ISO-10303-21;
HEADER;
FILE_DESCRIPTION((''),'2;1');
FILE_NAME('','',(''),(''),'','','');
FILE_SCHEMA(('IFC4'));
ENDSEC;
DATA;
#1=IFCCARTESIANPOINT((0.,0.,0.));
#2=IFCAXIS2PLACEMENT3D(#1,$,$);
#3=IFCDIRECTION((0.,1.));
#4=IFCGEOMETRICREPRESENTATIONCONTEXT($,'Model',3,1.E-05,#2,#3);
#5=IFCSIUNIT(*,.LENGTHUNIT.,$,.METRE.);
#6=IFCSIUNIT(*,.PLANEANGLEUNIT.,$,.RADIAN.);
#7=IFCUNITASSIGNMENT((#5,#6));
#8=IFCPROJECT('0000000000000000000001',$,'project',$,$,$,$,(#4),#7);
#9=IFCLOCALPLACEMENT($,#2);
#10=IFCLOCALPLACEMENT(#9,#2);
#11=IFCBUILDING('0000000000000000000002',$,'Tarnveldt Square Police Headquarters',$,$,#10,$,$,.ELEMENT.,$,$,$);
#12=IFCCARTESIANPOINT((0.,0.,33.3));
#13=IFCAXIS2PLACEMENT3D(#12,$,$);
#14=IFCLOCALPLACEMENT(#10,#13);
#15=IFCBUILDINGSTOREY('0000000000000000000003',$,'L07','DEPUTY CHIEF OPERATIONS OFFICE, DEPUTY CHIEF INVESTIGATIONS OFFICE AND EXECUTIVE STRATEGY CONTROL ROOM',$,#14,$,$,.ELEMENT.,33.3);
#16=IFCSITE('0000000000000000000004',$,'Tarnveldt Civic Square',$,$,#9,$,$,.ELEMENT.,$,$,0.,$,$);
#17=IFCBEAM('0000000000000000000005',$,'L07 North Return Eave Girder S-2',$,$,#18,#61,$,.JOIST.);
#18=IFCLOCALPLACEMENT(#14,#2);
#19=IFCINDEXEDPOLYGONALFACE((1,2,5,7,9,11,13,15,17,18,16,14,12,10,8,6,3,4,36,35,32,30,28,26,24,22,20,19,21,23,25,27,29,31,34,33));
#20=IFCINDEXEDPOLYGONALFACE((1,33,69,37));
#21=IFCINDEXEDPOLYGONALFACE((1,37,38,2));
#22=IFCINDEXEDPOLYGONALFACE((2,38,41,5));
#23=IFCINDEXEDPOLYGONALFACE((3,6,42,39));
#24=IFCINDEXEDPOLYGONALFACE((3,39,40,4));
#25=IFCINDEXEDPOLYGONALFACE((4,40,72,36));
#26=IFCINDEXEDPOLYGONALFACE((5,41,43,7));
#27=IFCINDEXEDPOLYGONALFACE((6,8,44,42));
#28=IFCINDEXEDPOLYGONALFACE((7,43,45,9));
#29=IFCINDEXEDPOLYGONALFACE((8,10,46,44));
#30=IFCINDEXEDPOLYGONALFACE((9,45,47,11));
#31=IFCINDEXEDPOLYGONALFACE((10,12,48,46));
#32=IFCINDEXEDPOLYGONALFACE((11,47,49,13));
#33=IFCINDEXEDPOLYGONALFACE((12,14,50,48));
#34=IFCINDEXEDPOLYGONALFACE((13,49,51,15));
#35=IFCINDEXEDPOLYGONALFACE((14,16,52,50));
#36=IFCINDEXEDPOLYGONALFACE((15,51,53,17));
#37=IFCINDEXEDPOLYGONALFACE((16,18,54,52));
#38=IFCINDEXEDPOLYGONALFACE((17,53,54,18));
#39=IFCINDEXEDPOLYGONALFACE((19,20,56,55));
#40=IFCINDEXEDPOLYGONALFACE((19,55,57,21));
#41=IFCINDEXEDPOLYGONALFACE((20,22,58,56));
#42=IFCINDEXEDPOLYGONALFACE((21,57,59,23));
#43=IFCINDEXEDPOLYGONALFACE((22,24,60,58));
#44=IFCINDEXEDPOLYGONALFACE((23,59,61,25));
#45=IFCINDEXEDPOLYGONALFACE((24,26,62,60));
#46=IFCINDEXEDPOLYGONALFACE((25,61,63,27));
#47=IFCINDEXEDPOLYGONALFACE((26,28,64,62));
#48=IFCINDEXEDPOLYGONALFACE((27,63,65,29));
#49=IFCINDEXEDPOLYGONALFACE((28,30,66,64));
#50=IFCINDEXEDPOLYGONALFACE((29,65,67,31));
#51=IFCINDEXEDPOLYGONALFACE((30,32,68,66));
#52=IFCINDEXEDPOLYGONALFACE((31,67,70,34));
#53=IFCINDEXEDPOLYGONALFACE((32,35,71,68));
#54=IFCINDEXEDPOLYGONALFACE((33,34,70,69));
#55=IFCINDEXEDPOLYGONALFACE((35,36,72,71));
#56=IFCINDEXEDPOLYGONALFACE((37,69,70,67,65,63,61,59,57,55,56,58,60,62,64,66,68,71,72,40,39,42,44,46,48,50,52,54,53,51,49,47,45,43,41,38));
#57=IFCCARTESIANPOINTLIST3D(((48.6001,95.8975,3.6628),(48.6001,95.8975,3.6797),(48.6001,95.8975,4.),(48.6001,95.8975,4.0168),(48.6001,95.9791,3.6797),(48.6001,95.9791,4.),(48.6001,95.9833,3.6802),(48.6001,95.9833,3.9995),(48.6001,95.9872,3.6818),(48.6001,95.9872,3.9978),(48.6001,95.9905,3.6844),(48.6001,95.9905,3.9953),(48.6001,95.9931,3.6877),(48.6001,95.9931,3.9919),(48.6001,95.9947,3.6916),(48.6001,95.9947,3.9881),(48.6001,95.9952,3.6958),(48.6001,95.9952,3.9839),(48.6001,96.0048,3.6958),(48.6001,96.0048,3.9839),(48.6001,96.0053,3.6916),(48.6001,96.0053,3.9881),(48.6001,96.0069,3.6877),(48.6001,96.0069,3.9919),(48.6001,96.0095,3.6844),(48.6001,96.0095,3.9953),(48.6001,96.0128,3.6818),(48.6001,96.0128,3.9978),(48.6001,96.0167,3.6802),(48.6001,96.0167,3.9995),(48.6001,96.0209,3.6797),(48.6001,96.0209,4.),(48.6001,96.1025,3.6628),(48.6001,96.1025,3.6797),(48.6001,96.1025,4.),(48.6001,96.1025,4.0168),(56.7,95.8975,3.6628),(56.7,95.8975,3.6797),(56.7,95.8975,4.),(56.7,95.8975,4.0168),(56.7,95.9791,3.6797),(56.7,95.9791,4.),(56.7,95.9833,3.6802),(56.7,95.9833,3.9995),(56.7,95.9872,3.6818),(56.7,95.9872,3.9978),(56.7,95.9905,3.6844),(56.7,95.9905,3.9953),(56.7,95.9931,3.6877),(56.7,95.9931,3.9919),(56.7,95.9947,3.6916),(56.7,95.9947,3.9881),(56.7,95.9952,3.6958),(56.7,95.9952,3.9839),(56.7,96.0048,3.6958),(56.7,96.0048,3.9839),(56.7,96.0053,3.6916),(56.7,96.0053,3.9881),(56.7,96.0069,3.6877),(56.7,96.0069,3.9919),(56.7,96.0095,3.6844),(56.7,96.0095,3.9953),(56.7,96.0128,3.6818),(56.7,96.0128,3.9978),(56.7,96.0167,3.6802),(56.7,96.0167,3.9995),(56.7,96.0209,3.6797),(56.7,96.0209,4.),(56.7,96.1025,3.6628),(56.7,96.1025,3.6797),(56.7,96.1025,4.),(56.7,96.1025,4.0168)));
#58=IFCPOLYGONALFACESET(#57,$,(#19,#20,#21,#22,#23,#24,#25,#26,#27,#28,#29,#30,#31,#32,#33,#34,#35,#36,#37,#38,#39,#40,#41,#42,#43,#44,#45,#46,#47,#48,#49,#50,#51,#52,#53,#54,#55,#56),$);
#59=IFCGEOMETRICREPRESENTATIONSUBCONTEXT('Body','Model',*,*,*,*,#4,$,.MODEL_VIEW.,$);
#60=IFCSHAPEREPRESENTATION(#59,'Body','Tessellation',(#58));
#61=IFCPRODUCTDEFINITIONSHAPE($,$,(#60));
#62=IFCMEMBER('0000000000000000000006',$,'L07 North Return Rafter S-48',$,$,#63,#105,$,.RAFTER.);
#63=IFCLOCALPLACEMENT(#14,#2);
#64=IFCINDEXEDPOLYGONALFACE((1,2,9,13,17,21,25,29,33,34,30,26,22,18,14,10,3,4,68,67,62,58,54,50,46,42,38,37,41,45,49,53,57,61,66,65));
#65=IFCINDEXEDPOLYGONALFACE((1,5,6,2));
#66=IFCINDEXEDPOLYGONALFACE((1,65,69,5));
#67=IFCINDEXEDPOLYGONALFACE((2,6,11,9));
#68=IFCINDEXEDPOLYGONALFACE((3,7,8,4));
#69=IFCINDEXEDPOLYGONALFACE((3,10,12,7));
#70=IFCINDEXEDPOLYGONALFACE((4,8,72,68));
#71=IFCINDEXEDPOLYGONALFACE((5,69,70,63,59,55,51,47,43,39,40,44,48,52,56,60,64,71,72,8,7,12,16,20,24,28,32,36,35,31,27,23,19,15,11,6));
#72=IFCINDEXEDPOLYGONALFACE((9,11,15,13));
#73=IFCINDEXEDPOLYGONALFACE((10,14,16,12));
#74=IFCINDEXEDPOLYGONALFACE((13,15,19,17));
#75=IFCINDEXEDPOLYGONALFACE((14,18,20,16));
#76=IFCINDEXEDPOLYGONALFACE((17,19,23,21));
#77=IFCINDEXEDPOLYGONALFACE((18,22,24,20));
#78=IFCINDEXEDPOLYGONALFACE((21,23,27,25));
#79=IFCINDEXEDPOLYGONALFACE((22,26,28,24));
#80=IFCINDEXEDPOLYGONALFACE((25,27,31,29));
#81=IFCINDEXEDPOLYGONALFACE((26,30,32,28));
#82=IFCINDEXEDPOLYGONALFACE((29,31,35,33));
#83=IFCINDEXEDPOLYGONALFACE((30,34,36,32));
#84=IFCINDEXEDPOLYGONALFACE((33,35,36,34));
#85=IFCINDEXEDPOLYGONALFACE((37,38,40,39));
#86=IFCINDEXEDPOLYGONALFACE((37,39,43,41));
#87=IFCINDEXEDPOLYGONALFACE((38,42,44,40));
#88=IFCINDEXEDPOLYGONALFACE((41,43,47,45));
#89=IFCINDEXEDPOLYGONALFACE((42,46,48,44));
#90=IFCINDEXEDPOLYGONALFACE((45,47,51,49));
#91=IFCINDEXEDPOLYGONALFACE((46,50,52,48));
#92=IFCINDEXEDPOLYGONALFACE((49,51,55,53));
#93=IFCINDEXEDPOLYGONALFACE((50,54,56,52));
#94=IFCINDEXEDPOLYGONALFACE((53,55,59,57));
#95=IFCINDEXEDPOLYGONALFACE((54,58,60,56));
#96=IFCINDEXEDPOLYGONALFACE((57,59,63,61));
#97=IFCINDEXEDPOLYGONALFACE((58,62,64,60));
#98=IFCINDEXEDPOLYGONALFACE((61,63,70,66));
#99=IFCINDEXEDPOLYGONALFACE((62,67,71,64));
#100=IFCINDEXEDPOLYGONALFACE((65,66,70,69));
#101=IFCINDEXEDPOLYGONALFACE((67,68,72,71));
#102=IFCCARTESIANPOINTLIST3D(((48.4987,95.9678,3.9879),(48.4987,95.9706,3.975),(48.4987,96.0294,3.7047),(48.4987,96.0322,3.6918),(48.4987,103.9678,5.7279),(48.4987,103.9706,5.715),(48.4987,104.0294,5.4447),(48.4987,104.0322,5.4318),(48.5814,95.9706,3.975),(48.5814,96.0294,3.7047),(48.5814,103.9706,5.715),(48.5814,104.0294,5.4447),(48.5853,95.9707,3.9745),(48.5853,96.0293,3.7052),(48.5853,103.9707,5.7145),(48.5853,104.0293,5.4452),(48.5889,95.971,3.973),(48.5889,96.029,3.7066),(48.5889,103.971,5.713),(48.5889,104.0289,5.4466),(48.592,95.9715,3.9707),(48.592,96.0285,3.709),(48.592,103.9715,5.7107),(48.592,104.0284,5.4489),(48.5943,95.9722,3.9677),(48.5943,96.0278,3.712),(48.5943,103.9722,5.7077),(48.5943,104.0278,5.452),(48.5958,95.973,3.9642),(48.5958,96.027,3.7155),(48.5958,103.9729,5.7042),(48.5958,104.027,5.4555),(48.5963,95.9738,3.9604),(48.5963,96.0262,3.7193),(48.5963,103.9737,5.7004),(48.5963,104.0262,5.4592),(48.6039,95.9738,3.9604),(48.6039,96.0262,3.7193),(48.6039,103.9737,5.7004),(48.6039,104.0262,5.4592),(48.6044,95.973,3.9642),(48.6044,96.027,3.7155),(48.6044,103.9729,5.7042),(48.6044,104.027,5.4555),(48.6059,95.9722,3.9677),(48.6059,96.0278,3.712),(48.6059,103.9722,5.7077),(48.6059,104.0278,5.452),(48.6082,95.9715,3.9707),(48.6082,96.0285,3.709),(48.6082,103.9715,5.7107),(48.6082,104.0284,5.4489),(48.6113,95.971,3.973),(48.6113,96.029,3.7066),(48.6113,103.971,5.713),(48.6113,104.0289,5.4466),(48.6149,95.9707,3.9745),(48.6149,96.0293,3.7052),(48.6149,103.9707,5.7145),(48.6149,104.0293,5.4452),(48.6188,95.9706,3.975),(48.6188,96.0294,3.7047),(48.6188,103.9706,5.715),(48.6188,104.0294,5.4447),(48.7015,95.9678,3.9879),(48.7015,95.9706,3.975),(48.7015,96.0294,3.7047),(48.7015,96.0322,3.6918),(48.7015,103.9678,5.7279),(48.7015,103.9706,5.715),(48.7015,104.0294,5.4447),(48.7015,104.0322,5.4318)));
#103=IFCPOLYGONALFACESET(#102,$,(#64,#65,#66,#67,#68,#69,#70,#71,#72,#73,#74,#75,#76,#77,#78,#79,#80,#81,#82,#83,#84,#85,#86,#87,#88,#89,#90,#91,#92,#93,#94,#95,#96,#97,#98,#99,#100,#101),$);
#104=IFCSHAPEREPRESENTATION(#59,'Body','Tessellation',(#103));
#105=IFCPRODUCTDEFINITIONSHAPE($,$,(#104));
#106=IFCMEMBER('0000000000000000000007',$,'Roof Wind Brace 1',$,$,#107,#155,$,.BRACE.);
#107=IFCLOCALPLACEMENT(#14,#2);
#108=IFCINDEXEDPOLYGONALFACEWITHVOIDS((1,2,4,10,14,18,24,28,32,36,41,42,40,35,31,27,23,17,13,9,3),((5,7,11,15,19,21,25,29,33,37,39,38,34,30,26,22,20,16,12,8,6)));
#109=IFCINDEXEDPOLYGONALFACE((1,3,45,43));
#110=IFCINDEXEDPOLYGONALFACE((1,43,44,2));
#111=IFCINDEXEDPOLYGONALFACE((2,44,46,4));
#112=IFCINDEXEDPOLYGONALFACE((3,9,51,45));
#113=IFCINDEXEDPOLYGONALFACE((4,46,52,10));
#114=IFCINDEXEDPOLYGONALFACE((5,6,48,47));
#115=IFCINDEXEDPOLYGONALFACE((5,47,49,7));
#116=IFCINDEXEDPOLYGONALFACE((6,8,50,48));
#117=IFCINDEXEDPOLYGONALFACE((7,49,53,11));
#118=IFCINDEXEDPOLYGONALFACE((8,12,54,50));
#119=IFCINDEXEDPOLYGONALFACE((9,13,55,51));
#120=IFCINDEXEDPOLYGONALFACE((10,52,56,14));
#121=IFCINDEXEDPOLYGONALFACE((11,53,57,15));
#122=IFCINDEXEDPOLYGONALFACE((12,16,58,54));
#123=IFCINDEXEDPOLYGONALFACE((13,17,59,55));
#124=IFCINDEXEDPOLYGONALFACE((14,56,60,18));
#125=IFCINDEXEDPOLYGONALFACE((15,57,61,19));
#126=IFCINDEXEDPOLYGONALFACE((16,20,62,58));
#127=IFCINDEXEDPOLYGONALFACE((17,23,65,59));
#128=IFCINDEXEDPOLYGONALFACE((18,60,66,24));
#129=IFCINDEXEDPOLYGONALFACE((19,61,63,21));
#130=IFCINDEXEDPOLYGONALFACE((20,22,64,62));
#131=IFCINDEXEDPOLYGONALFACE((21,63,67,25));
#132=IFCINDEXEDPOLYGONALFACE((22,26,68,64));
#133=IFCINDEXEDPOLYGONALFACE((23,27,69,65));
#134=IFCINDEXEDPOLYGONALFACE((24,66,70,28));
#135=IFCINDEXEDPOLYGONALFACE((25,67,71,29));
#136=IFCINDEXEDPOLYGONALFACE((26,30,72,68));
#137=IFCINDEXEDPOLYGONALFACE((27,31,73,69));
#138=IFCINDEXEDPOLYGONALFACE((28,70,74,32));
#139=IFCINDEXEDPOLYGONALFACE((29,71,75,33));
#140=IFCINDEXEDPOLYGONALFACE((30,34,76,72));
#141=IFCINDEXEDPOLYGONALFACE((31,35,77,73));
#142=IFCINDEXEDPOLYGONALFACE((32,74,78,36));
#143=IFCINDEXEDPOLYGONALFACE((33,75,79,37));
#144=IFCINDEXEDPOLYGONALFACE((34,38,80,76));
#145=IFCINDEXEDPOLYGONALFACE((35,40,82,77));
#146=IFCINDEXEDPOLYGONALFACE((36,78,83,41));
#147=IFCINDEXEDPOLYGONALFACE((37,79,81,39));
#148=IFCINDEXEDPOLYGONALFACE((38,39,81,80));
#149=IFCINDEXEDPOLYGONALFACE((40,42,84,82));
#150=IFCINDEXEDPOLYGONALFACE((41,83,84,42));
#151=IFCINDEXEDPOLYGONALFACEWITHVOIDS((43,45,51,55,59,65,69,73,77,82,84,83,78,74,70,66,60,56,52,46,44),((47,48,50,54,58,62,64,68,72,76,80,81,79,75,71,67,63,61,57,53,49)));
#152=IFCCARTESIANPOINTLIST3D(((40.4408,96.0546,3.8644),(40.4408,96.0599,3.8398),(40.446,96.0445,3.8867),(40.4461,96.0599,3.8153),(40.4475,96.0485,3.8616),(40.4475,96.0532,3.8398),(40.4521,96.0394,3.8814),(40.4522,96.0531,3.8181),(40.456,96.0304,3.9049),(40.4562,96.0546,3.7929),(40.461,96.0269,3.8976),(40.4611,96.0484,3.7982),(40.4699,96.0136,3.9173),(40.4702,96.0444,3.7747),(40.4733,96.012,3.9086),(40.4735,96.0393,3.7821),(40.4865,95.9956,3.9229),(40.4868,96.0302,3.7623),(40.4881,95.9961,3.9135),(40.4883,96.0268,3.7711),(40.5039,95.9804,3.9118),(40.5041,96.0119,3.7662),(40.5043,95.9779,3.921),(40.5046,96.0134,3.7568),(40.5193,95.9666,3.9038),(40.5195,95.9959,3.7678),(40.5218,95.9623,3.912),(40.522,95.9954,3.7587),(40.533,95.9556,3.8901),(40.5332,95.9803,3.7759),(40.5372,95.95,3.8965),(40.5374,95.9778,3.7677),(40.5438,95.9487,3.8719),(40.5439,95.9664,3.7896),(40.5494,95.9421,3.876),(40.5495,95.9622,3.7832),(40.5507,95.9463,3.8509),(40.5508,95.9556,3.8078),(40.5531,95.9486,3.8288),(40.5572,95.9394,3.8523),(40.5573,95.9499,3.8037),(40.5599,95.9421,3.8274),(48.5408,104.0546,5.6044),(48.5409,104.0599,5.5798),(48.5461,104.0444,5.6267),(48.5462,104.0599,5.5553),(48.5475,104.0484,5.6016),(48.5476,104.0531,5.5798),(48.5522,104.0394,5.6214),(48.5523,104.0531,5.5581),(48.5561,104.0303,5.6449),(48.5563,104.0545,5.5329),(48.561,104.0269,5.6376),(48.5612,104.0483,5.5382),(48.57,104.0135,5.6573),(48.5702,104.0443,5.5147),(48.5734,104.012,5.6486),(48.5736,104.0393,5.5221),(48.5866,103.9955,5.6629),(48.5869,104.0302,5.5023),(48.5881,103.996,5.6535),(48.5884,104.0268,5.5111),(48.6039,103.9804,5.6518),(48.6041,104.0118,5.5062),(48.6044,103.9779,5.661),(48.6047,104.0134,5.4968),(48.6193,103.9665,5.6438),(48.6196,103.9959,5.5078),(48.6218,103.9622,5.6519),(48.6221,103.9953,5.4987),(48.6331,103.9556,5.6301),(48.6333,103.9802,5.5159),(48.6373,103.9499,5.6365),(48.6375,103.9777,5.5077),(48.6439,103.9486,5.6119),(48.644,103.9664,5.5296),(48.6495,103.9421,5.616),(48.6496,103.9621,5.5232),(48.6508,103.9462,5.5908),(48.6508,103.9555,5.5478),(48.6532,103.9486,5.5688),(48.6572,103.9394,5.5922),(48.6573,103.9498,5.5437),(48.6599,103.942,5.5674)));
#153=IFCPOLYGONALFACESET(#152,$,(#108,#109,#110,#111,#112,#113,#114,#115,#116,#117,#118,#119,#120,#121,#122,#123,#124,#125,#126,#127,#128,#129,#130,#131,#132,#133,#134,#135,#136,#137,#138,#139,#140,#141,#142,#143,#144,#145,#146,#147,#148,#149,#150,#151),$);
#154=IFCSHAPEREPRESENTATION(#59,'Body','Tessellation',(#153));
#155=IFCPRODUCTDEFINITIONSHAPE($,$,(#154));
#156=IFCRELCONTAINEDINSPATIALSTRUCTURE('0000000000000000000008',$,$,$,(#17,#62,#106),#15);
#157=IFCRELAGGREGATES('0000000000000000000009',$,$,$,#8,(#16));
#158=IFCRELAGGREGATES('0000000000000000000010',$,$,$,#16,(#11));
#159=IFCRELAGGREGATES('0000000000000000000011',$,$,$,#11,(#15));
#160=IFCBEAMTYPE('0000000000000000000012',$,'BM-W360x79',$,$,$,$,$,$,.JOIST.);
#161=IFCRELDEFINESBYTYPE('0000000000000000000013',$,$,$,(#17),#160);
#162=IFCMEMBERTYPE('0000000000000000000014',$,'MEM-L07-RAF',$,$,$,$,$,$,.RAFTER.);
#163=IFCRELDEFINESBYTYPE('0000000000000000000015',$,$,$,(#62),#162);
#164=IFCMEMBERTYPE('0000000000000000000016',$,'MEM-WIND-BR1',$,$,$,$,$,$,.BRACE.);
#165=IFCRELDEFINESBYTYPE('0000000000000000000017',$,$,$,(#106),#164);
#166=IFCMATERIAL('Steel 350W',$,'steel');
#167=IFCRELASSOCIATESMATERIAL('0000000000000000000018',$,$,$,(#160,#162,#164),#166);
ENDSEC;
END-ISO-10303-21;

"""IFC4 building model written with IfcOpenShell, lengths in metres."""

from ifc_helpers import new_model, si_unit, direction, frame, origin, origin_2d, place, context, subcontext, project, spatial, hollow_circle, i_section, extrude, material, material_profile, profile_set, type_object, element, save


model = new_model("IFC4")

# Units and contexts
model_context = context("Model", 3, precision=1e-05, world=origin(), true_north=direction((0.0, 1.0)))
body_context = subcontext(model_context, "Body", "Model", "MODEL_VIEW")
ifc_project = project(units=[si_unit("LENGTHUNIT", "METRE"), si_unit("PLANEANGLEUNIT", "RADIAN")], contexts=[model_context])

# Site, building, storey
site_placement = place(None, origin())
site = spatial("IfcSite", under=ifc_project, at=site_placement, Name="Tarnveldt Civic Square", CompositionType="ELEMENT", RefElevation=0.0)
building_placement = place(site_placement, origin())
building = spatial("IfcBuilding", under=site, at=building_placement, Name="Tarnveldt Square Police Headquarters", CompositionType="ELEMENT")
storey_placement = place(building_placement, frame((0.0, 0.0, 33.3)))
storey = spatial("IfcBuildingStorey", under=building, at=storey_placement, Name="L07", Description="DEPUTY CHIEF OPERATIONS OFFICE, DEPUTY CHIEF INVESTIGATIONS OFFICE AND EXECUTIVE STRATEGY CONTROL ROOM", CompositionType="ELEMENT", Elevation=33.3)

# Shared definitions
ifc_material_1 = material(Name="Steel 350W", Category="steel")

# Beam
ifc_material_profile_1 = material_profile(ifc_material_1, i_section(OverallWidth=0.2051, OverallDepth=0.354, WebThickness=0.0095, FlangeThickness=0.0168, FilletRadius=0.0161, at=origin_2d()), Name="W360x79")
ifc_profile_set_1 = profile_set([ifc_material_profile_1], Name="Steel 350W")
beam_type = type_object("IfcBeamType", Name="BM-W360x79", PredefinedType="JOIST", material=ifc_profile_set_1)
beam_1_placement = place(storey_placement, frame((48.6001, 96.0, 3.8398), z_axis=(1.0, 0.0, 0.0), x_axis=(0.0, 1.0, 0.0)))
element("IfcBeam", 1, at=beam_1_placement, inside=storey, type_object=beam_type, Name="L07 North Return Eave Girder S-2", PredefinedType="JOIST", context=body_context, shape_type="SweptSolid", body=[
    extrude(i_section(OverallWidth=0.2051, OverallDepth=0.354, WebThickness=0.0095, FlangeThickness=0.0168, FilletRadius=0.0161, at=origin_2d()), origin(), (0.0, 0.0, 1.0), 8.0999),
])

# Members
ifc_material_profile_2 = material_profile(ifc_material_1, i_section(OverallWidth=0.2029, OverallDepth=0.303, WebThickness=0.0076, FlangeThickness=0.0132, FilletRadius=0.0149, at=origin_2d()), Name="W310x60")
ifc_profile_set_2 = profile_set([ifc_material_profile_2], Name="Steel 350W")
member_type_1 = type_object("IfcMemberType", Name="MEM-L07-RAF", PredefinedType="RAFTER", material=ifc_profile_set_2)
member_1_placement = place(storey_placement, frame((48.6001, 96.0, 3.8398), z_axis=(0.0, 0.977155, 0.21253), x_axis=(-1.0, 0.0, 0.0)))
element("IfcMember", 2, at=member_1_placement, inside=storey, type_object=member_type_1, Name="L07 North Return Rafter S-48", PredefinedType="RAFTER", context=body_context, shape_type="SweptSolid", body=[
    extrude(i_section(OverallWidth=0.2029, OverallDepth=0.303, WebThickness=0.0076, FlangeThickness=0.0132, FilletRadius=0.0149, at=origin_2d()), origin(), (0.0, 0.0, 1.0), 8.187),
])
ifc_material_profile_3 = material_profile(ifc_material_1, hollow_circle(Radius=0.0842, WallThickness=0.0095, at=origin_2d()), Name="HSS168x9.5")
ifc_profile_set_3 = profile_set([ifc_material_profile_3], Name="Steel 350W")
member_type_2 = type_object("IfcMemberType", Name="MEM-WIND-BR1", PredefinedType="BRACE", material=ifc_profile_set_3)
member_2_placement = place(storey_placement, frame((40.5, 96.0, 3.8398), z_axis=(0.703322, 0.694631, 0.151081), x_axis=(-0.702697, 0.711489, 0.0)))
element("IfcMember", 3, at=member_2_placement, inside=storey, type_object=member_type_2, Name="Roof Wind Brace 1", PredefinedType="BRACE", context=body_context, shape_type="SweptSolid", body=[
    extrude(hollow_circle(Radius=0.0842, WallThickness=0.0095, at=origin_2d()), origin(), (0.0, 0.0, 1.0), 11.5168),
])

save(model, "model.ifc")
